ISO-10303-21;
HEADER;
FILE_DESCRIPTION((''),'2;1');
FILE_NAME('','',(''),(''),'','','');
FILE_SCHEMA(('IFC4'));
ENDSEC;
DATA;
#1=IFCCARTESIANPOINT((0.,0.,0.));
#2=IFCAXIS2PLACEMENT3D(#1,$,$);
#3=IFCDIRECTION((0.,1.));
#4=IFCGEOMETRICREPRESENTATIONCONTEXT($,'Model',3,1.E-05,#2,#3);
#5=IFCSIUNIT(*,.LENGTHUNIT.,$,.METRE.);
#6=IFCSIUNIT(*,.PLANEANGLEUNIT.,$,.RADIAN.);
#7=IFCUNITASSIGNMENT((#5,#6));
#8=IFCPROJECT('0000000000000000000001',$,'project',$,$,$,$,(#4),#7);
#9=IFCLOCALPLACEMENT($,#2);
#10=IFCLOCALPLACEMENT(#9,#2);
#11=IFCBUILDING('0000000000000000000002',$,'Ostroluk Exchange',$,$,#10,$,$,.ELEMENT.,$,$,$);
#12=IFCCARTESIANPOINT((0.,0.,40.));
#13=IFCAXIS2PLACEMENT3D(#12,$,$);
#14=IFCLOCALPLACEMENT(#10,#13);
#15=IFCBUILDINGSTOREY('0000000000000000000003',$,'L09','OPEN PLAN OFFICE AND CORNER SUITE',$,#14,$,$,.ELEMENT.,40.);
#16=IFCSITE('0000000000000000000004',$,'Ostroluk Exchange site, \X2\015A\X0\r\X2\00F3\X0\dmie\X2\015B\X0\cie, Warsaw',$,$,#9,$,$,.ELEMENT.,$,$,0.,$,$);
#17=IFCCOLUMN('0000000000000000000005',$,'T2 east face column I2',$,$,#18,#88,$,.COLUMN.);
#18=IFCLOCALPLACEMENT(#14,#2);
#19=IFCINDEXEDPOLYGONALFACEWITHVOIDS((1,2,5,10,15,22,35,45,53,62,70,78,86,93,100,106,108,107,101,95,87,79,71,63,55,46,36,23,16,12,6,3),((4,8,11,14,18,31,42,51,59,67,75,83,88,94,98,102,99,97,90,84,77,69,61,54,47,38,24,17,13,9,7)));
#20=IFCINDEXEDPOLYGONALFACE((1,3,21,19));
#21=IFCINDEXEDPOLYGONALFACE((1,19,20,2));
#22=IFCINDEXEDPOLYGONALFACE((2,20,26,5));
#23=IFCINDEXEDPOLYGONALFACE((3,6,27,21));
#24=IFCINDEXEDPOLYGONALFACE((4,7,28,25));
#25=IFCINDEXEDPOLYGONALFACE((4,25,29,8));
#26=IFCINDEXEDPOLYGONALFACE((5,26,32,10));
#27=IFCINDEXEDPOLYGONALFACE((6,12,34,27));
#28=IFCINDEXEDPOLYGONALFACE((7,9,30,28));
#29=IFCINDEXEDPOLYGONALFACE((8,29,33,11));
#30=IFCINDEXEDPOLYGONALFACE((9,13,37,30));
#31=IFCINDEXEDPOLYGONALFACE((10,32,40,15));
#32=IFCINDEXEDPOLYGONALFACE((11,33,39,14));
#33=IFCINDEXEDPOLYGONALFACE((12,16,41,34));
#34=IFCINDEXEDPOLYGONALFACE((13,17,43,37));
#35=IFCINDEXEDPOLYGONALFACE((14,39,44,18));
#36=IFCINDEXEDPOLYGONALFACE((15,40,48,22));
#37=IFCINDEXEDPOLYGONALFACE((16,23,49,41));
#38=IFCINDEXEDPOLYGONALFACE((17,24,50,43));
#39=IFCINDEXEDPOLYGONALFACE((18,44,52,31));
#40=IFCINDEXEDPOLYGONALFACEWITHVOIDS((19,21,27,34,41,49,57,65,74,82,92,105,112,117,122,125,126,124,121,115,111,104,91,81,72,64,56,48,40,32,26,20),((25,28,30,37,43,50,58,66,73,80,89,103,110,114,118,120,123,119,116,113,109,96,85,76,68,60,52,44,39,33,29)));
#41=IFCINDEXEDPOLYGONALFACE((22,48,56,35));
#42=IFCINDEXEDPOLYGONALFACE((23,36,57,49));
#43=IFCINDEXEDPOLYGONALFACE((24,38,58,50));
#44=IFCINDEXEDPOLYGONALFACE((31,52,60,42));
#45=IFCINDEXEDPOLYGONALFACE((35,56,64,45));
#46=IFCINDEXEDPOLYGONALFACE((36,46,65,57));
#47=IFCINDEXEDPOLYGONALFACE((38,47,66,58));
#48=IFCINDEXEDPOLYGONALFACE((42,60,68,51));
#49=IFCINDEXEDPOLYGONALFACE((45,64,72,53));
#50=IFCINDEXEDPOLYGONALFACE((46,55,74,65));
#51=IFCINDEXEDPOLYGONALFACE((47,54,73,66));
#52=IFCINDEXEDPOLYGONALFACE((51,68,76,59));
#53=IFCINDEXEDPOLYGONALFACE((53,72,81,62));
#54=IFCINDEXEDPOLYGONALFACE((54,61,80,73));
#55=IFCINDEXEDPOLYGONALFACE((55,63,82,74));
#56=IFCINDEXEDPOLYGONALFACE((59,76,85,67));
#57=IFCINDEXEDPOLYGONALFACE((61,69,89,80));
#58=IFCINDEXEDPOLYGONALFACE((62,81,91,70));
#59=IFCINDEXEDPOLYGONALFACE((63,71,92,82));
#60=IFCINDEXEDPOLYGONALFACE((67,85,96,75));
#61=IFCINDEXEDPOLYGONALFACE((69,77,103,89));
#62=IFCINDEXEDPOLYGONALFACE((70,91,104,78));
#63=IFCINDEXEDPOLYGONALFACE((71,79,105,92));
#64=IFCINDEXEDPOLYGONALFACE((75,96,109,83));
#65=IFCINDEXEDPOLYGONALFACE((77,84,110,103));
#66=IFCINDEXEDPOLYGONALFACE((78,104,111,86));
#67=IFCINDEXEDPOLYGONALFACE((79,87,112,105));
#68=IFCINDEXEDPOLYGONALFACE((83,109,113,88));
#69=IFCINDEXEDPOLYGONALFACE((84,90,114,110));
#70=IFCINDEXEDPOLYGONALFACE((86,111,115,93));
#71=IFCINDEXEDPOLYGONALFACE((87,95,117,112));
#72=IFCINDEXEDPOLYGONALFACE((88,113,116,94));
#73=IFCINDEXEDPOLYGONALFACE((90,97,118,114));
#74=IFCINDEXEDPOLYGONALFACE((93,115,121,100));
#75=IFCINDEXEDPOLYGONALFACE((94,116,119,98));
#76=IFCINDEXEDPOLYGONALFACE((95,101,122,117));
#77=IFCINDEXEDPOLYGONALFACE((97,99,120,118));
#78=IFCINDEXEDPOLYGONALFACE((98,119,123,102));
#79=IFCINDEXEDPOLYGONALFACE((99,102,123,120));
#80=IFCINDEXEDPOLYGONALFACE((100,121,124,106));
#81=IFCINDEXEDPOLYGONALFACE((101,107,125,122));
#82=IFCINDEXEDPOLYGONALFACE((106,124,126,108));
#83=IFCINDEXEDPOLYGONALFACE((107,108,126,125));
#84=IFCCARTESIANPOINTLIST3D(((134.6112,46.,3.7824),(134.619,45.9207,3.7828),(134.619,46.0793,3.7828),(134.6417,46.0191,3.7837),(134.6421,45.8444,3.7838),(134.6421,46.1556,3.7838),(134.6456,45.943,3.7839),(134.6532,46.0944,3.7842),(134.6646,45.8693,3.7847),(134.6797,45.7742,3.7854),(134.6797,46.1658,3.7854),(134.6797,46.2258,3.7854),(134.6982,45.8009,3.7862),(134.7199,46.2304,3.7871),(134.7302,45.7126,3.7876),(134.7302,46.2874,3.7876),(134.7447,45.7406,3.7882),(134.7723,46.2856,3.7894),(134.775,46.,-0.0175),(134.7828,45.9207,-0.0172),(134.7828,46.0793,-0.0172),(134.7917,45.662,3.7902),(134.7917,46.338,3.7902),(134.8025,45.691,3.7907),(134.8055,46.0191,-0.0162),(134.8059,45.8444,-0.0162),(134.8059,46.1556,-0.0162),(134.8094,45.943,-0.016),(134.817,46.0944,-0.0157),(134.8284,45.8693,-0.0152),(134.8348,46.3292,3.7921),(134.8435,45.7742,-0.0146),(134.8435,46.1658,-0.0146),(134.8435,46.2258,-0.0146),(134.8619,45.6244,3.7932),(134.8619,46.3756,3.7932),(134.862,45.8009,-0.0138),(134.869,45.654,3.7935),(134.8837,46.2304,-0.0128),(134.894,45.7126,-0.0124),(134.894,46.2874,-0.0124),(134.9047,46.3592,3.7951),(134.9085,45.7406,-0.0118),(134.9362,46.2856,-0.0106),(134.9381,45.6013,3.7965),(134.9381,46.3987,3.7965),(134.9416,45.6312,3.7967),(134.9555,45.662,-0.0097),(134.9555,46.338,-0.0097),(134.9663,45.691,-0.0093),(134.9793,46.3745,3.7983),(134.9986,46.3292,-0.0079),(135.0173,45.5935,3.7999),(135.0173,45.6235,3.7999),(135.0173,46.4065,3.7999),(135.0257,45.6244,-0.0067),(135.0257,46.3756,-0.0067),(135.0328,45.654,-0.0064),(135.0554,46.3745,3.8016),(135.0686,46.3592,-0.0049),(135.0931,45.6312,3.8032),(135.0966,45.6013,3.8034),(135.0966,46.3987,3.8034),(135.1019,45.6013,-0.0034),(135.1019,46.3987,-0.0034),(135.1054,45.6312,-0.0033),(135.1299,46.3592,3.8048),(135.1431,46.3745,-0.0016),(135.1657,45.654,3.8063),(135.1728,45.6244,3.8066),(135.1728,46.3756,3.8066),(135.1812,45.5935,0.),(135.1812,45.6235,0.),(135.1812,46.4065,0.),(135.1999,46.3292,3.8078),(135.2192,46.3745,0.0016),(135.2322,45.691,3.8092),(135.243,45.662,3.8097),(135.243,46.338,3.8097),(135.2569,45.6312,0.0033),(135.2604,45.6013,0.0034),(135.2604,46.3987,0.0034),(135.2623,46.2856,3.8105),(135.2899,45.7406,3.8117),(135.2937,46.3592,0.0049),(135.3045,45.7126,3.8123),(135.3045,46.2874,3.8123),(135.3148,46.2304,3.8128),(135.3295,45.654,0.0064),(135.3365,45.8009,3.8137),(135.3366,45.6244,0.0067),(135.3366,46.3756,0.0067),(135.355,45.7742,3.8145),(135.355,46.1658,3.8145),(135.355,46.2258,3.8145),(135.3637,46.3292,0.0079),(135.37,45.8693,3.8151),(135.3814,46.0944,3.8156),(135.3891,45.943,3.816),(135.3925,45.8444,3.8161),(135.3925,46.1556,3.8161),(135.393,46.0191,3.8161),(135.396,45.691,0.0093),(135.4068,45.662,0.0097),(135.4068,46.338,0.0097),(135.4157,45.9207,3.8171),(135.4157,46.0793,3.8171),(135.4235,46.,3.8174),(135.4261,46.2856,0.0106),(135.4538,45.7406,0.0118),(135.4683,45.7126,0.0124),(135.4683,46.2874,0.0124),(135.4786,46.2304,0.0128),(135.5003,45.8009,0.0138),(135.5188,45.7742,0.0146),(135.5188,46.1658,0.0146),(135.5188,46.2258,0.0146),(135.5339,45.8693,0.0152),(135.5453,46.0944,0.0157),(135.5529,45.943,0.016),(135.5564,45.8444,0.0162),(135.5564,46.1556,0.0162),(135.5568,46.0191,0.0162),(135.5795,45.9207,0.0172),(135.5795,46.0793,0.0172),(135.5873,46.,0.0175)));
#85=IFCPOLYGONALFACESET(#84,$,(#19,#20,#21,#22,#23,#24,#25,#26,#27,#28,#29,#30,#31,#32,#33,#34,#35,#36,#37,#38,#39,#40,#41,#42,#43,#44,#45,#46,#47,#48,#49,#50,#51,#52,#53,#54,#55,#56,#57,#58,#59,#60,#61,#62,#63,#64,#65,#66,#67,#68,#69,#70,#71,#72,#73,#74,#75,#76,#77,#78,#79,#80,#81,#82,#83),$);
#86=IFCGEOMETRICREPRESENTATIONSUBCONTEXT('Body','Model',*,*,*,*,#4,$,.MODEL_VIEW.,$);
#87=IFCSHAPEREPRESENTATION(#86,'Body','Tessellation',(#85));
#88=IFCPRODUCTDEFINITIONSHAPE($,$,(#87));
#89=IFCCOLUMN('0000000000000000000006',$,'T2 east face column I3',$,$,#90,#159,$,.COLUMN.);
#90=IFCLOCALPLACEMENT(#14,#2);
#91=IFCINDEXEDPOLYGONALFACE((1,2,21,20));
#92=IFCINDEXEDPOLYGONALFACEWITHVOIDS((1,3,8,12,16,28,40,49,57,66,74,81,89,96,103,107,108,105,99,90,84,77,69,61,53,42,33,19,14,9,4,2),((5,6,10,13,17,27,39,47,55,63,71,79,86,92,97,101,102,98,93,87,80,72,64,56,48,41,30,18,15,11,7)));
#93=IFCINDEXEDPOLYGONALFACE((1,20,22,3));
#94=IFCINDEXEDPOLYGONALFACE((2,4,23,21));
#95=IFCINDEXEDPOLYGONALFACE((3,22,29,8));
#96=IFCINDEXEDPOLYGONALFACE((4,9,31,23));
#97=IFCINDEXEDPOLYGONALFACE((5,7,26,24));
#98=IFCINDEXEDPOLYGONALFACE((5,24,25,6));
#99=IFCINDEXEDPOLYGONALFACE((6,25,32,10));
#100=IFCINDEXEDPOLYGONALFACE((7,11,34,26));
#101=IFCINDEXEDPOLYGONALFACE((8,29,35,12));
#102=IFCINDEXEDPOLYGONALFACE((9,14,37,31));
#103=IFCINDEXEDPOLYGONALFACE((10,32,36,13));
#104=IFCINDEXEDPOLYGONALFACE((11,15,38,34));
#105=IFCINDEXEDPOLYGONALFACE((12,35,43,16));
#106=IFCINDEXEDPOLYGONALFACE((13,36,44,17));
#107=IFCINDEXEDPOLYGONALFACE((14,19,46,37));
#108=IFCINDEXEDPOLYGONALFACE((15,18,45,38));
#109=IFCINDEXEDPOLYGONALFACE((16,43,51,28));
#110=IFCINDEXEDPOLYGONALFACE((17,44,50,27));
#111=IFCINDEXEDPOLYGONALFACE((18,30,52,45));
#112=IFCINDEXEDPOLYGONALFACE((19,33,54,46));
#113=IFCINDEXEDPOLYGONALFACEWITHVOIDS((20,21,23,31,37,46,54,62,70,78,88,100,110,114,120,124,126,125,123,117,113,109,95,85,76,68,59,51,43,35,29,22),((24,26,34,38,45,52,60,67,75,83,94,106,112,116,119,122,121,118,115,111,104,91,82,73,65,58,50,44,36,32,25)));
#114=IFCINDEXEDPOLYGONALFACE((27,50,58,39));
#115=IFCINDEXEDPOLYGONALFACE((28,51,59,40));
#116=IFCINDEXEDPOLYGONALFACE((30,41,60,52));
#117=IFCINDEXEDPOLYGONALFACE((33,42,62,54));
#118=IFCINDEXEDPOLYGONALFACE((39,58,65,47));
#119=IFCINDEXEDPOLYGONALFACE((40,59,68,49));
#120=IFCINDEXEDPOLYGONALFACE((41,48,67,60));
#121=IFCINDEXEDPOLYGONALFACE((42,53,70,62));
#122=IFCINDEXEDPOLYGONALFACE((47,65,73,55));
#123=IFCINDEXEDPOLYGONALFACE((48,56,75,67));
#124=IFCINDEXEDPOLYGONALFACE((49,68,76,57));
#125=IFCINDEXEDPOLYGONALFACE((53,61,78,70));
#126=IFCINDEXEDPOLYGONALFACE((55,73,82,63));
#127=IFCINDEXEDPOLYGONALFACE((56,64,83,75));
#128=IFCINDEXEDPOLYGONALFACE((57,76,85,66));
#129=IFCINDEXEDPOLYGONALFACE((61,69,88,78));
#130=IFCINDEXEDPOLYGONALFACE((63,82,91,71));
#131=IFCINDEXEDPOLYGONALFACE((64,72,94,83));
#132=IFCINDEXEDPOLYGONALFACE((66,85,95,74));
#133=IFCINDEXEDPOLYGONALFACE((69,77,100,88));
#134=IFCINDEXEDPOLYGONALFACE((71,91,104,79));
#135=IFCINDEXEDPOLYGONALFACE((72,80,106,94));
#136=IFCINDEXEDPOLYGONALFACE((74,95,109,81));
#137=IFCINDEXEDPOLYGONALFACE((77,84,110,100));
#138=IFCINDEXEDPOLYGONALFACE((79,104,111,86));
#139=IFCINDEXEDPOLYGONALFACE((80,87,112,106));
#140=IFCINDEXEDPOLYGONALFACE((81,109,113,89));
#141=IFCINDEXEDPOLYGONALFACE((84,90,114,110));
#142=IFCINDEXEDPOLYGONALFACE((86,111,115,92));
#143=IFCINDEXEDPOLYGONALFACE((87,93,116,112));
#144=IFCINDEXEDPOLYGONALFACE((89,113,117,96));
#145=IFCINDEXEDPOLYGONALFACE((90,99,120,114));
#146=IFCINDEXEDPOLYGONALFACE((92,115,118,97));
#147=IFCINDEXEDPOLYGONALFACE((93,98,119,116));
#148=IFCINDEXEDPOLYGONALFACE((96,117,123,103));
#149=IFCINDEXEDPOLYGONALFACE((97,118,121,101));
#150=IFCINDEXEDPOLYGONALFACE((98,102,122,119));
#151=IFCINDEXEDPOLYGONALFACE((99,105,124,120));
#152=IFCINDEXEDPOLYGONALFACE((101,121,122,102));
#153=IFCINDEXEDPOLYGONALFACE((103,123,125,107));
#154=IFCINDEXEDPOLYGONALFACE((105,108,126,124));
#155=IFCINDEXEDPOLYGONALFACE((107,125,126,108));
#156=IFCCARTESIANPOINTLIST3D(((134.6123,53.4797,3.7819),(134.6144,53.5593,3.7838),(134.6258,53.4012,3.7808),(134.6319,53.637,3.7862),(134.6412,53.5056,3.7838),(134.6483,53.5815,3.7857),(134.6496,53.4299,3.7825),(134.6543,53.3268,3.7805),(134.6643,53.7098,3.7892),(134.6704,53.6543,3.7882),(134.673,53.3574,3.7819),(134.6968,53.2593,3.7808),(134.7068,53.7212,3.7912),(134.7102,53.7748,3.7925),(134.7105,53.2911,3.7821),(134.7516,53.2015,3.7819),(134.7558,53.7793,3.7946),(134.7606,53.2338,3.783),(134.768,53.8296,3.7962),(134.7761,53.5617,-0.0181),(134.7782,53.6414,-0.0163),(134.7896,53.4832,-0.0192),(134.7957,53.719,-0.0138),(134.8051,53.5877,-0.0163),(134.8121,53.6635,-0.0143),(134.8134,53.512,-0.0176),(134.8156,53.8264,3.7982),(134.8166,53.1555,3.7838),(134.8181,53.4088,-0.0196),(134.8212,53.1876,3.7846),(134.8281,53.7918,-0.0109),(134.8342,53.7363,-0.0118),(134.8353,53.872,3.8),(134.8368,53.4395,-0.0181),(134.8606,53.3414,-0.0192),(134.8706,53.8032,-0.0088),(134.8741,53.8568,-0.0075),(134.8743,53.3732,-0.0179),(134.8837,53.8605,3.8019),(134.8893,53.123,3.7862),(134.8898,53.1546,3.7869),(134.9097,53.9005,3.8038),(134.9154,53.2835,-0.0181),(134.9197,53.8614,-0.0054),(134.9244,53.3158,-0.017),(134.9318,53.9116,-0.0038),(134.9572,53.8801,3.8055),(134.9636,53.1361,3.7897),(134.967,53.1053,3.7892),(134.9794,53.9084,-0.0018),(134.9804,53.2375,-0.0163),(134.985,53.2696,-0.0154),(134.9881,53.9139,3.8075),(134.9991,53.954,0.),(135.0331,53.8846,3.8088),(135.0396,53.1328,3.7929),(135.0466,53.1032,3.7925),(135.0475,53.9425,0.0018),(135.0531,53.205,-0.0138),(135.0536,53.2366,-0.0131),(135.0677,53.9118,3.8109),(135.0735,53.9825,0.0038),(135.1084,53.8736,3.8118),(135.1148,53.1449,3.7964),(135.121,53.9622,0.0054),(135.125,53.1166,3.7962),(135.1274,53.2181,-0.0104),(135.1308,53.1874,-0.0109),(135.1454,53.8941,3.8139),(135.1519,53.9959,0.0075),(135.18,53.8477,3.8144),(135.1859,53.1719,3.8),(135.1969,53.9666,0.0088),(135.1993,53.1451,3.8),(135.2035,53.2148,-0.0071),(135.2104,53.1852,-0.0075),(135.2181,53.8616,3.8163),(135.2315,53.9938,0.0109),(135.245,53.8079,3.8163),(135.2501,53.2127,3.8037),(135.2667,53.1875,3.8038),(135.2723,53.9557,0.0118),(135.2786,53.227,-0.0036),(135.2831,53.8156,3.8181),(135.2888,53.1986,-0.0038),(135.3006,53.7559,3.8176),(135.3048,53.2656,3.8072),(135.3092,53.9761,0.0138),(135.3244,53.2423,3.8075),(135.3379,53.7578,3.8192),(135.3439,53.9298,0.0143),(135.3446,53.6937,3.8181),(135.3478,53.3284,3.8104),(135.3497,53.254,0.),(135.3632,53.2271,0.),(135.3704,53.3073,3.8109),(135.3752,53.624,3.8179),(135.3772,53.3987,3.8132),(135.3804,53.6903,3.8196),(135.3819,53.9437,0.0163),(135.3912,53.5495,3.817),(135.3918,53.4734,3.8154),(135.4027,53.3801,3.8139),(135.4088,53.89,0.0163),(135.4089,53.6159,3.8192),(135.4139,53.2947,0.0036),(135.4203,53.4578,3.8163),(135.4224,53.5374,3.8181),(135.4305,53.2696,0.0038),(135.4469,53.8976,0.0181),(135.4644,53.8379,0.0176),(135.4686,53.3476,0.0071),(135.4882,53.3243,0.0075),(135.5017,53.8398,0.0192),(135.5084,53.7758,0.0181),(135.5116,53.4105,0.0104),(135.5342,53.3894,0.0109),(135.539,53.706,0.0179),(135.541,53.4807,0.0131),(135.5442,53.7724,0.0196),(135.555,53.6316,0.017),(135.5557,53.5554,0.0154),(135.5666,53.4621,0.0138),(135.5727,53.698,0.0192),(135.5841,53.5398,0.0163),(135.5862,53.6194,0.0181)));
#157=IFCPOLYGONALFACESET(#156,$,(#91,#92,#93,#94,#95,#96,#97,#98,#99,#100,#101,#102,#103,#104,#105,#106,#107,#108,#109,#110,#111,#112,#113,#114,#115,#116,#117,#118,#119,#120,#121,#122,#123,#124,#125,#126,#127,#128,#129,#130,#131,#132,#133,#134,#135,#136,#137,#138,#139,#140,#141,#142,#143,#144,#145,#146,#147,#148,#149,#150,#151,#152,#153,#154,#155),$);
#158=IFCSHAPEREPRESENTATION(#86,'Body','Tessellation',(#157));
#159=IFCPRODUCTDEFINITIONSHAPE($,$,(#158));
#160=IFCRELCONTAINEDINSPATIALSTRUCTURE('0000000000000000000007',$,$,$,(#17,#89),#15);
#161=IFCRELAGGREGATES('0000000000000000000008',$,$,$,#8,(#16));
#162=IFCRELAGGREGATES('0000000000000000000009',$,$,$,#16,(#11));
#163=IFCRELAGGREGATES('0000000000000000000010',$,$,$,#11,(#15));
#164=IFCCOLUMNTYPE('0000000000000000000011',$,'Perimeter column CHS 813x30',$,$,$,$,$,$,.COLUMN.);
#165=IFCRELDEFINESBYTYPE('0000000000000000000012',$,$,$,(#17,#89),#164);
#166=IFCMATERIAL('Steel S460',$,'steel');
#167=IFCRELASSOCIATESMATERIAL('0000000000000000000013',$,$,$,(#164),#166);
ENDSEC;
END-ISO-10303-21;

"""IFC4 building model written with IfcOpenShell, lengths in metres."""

from ifc_helpers import new_model, si_unit, direction, frame, origin, origin_2d, place, context, subcontext, project, spatial, hollow_circle, extrude, material, material_profile, profile_set, type_object, element, save


model = new_model("IFC4")

# Units and contexts
model_context = context("Model", 3, precision=1e-05, world=origin(), true_north=direction((0.0, 1.0)))
body_context = subcontext(model_context, "Body", "Model", "MODEL_VIEW")
ifc_project = project(units=[si_unit("LENGTHUNIT", "METRE"), si_unit("PLANEANGLEUNIT", "RADIAN")], contexts=[model_context])

# Site, building, storey
site_placement = place(None, origin())
site = spatial("IfcSite", under=ifc_project, at=site_placement, Name="Ostroluk Exchange site, Śródmieście, Warsaw", CompositionType="ELEMENT", RefElevation=0.0)
building_placement = place(site_placement, origin())
building = spatial("IfcBuilding", under=site, at=building_placement, Name="Ostroluk Exchange", CompositionType="ELEMENT")
storey_placement = place(building_placement, frame((0.0, 0.0, 40.0)))
storey = spatial("IfcBuildingStorey", under=building, at=storey_placement, Name="L09", Description="OPEN PLAN OFFICE AND CORNER SUITE", CompositionType="ELEMENT", Elevation=40.0)

# Columns
ifc_material_1 = material(Name="Steel S460", Category="steel")
ifc_material_profile_1 = material_profile(ifc_material_1, hollow_circle(Radius=0.4065, WallThickness=0.03, at=origin_2d()), Name="CHS 813x30")
ifc_profile_set_1 = profile_set([ifc_material_profile_1], Name="Steel S460")
column_type = type_object("IfcColumnType", Name="Perimeter column CHS 813x30", PredefinedType="COLUMN", material=ifc_profile_set_1)
column_1_placement = place(storey_placement, frame((135.1812, 46.0, 0.0), z_axis=(-0.04307, 0.0, 0.999072), x_axis=(0.0, -1.0, 0.0)))
element("IfcColumn", 1, at=column_1_placement, inside=storey, type_object=column_type, Name="T2 east face column I2", PredefinedType="COLUMN", context=body_context, shape_type="SweptSolid", body=[
    extrude(hollow_circle(Radius=0.4065, WallThickness=0.03, at=origin_2d()), origin(), (0.0, 0.0, 1.0), 3.8035),
])
column_2_placement = place(storey_placement, frame((135.1812, 53.5906, 0.0), z_axis=(-0.04306, -0.021562, 0.99884), x_axis=(0.447747, -0.894161, 0.0)))
element("IfcColumn", 2, at=column_2_placement, inside=storey, type_object=column_type, Name="T2 east face column I3", PredefinedType="COLUMN", context=body_context, shape_type="SweptSolid", body=[
    extrude(hollow_circle(Radius=0.4065, WallThickness=0.03, at=origin_2d()), origin(), (0.0, 0.0, 1.0), 3.8044),
])

save(model, "model.ifc")
